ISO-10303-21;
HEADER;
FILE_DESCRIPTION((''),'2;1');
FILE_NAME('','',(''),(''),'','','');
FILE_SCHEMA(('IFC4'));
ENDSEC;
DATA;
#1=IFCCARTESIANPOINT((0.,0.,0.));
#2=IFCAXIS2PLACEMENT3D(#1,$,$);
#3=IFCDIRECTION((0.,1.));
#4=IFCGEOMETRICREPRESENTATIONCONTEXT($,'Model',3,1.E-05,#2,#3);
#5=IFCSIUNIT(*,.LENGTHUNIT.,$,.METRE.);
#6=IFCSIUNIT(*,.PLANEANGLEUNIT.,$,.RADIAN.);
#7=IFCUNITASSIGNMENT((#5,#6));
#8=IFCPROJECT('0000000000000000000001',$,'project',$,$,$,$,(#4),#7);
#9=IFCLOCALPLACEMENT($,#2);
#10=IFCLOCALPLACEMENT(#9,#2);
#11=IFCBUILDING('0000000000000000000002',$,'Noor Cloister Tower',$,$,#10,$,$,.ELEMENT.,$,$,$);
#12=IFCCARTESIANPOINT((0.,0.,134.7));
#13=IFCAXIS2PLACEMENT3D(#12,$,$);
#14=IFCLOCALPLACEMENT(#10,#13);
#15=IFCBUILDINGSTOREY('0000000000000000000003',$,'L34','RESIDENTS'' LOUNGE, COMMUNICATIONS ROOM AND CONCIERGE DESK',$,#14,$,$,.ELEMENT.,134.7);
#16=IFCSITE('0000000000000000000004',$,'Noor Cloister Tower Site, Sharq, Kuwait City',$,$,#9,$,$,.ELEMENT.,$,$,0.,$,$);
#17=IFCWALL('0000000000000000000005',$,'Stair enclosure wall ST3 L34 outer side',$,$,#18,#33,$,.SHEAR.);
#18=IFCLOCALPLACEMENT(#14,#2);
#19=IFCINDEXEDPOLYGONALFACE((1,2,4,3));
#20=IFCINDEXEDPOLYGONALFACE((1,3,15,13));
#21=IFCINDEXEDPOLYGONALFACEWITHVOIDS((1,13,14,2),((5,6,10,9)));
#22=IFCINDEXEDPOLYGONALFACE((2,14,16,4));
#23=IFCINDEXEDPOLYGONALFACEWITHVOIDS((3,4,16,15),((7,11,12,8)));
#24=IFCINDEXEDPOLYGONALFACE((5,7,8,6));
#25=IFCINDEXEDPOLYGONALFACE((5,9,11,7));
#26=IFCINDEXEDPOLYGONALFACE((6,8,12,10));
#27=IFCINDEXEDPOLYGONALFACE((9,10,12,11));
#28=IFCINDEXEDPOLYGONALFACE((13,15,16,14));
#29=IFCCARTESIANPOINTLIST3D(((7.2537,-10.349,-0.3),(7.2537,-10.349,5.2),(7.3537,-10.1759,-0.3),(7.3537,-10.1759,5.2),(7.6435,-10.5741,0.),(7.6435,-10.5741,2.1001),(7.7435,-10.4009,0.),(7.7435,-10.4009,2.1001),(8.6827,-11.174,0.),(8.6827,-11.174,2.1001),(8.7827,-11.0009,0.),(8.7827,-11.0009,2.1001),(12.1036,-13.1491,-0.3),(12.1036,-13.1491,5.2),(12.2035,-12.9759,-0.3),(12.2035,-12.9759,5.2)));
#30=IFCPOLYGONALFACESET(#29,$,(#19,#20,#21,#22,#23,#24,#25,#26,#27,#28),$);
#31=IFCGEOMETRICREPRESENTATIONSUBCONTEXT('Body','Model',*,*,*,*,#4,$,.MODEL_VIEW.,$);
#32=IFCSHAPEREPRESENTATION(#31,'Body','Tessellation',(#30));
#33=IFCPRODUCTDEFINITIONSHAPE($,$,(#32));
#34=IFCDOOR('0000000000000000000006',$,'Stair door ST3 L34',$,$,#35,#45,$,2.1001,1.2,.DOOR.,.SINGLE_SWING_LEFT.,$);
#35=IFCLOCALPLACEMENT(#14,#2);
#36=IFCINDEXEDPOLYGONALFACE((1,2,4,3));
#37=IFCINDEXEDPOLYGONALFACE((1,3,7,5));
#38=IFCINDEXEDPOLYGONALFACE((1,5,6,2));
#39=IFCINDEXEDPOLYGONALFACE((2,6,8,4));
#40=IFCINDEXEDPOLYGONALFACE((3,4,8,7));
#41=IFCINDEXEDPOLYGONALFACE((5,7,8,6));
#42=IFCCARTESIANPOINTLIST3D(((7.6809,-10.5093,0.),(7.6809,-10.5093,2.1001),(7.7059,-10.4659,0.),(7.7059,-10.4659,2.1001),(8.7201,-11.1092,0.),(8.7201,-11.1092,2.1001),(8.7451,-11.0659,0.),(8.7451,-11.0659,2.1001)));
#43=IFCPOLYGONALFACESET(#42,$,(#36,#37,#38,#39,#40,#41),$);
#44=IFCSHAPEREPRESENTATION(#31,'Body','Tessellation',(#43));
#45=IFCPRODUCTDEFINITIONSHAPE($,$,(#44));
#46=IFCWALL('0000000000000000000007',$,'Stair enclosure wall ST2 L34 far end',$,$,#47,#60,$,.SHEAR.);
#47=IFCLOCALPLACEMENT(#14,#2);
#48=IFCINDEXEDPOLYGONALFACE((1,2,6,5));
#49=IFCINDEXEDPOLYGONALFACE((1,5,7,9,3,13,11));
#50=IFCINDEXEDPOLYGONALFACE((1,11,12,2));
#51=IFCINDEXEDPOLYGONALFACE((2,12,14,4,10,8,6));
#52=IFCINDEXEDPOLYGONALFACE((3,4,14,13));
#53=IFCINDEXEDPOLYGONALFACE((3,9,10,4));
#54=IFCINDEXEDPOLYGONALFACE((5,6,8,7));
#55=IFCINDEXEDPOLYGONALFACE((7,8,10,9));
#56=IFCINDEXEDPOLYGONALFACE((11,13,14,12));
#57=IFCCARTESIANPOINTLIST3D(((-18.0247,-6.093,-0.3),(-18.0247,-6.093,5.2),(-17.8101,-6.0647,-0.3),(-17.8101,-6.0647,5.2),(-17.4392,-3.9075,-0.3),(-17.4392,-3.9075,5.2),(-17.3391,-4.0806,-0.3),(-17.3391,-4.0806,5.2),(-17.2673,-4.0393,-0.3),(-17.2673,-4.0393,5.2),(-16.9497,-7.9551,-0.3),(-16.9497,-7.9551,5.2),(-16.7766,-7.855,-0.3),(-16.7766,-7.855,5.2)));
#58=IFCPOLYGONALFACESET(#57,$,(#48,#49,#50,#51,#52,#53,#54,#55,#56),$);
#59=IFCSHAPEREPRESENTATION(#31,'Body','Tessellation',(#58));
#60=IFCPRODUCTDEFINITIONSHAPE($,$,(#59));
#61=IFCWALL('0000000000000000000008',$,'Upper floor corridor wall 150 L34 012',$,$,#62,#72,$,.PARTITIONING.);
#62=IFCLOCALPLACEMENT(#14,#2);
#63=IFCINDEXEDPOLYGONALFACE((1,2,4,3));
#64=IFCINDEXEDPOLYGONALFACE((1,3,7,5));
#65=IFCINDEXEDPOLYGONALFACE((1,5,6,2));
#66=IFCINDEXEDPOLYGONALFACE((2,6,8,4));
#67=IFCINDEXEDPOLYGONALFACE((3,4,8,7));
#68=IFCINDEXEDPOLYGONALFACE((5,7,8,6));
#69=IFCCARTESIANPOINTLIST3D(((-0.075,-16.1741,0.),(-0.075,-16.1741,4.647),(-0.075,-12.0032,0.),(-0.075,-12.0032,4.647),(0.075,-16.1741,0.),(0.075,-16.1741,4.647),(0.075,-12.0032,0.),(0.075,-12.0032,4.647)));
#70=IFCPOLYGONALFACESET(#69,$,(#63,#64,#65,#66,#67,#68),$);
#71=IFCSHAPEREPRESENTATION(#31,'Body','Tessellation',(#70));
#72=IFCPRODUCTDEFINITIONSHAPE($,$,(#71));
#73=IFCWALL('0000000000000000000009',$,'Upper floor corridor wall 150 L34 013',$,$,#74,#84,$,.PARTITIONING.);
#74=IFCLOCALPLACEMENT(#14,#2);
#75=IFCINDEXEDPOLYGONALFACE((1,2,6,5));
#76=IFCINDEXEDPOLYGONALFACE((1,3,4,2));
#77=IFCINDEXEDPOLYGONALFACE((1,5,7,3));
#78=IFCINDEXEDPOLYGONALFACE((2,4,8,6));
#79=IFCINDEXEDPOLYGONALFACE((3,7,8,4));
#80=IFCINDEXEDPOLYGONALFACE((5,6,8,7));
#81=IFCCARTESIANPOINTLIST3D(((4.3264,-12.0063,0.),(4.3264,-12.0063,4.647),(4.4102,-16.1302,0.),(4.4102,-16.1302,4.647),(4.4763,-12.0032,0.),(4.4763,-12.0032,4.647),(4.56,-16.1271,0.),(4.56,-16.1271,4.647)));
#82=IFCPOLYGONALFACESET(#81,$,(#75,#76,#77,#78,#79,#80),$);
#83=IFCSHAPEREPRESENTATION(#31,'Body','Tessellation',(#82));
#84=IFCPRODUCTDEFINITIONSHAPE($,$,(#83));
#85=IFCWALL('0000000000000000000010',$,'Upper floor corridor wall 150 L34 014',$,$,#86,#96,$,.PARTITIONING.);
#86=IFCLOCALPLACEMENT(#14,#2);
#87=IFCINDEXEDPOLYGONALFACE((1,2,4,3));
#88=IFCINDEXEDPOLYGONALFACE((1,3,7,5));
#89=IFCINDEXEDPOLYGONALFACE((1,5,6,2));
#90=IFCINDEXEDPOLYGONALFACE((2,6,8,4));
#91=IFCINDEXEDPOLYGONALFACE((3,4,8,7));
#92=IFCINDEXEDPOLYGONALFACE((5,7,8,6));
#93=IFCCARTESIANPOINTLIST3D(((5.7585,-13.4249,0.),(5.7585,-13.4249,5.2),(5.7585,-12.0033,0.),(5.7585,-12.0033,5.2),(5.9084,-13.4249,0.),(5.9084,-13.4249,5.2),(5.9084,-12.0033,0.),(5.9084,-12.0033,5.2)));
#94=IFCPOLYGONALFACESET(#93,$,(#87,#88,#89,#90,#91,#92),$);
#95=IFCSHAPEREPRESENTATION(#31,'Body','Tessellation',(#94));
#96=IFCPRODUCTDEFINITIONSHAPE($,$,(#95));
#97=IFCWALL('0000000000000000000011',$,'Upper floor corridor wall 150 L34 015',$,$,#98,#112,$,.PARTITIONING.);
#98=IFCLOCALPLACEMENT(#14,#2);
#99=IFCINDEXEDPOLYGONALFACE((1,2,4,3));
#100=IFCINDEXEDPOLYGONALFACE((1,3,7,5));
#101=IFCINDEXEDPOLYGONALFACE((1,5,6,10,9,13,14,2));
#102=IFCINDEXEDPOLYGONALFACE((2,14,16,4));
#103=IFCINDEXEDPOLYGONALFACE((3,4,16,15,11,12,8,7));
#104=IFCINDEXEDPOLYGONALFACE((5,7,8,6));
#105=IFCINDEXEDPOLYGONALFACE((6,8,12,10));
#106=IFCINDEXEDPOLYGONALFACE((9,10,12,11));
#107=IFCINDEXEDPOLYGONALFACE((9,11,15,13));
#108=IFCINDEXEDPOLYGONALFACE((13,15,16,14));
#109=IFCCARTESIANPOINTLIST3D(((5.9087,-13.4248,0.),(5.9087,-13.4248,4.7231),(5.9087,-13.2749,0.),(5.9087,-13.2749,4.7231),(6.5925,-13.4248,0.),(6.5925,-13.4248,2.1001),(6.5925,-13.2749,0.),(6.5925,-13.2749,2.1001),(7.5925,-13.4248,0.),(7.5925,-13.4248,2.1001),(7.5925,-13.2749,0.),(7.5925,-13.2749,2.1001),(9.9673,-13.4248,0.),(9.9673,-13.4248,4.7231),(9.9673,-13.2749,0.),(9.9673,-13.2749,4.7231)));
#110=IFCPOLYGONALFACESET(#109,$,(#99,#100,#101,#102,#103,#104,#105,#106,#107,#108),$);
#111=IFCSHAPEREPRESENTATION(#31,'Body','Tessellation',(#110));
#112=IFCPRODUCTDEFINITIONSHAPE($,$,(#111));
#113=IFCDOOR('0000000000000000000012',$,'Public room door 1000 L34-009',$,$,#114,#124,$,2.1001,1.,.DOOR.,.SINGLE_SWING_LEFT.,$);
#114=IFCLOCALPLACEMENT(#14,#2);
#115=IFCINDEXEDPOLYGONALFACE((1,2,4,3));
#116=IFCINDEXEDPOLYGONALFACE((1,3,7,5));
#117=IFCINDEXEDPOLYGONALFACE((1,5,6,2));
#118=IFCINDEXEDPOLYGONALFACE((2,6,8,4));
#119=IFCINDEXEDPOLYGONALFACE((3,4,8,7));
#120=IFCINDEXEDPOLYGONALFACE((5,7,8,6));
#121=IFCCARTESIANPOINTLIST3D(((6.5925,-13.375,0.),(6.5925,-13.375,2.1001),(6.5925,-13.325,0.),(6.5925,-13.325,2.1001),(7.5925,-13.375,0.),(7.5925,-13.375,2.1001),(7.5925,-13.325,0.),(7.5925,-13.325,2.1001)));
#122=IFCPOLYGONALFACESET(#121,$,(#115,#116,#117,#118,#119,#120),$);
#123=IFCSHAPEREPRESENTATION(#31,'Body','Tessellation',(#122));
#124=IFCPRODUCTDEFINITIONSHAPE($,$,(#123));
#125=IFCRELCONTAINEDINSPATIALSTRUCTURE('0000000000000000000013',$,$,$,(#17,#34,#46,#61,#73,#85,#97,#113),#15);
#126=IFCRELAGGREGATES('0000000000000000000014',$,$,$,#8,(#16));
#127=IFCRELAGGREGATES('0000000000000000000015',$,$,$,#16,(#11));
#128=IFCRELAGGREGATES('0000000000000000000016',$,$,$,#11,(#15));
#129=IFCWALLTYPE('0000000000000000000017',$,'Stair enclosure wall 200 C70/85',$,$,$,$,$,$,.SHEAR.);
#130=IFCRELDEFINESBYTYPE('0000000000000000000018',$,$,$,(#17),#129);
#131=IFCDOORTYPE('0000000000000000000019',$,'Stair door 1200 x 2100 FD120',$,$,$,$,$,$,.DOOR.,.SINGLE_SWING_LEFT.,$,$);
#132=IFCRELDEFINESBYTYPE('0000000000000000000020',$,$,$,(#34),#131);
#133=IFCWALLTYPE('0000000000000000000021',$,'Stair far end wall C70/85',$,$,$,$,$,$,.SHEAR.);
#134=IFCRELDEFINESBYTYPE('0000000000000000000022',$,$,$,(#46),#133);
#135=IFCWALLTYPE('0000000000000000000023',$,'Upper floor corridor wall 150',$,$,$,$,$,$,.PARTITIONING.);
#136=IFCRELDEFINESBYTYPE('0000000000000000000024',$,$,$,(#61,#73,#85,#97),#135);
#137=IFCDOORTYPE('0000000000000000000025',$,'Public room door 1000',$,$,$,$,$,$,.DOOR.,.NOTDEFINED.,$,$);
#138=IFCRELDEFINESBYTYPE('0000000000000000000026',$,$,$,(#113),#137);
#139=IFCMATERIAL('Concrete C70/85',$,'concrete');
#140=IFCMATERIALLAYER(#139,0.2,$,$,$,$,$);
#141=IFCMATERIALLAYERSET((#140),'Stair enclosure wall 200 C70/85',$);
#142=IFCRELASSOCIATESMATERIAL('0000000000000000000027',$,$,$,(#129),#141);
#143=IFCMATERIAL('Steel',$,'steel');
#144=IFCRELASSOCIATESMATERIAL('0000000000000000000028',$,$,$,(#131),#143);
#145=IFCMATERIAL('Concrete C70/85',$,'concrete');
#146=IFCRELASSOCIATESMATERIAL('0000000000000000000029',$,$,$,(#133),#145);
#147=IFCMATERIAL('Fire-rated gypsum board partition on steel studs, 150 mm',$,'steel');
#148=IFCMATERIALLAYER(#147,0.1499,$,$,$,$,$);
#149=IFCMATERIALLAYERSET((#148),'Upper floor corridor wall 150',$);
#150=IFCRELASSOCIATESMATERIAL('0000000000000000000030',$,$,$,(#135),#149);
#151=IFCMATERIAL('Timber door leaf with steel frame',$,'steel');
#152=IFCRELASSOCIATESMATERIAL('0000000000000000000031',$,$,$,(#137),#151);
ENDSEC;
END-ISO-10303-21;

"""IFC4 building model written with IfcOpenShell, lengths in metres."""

from ifc_helpers import new_model, si_unit, direction, frame, frame_2d, origin, place, context, subcontext, project, spatial, polyline, rectangle, outline, extrude, material, layer, layer_set, type_object, element, fill, save


model = new_model("IFC4")

# Units and contexts
model_context = context("Model", 3, precision=1e-05, world=origin(), true_north=direction((0.0, 1.0)))
body_context = subcontext(model_context, "Body", "Model", "MODEL_VIEW")
ifc_project = project(units=[si_unit("LENGTHUNIT", "METRE"), si_unit("PLANEANGLEUNIT", "RADIAN")], contexts=[model_context])

# Site, building, storey
site_placement = place(None, origin())
site = spatial("IfcSite", under=ifc_project, at=site_placement, Name="Noor Cloister Tower Site, Sharq, Kuwait City", CompositionType="ELEMENT", RefElevation=0.0)
building_placement = place(site_placement, origin())
building = spatial("IfcBuilding", under=site, at=building_placement, Name="Noor Cloister Tower", CompositionType="ELEMENT")
storey_placement = place(building_placement, frame((0.0, 0.0, 134.7)))
storey = spatial("IfcBuildingStorey", under=building, at=storey_placement, Name="L34", Description="RESIDENTS' LOUNGE, COMMUNICATIONS ROOM AND CONCIERGE DESK", CompositionType="ELEMENT", Elevation=134.7)

# Wall, opening, door
ifc_material_1 = material(Name="Concrete C70/85", Category="concrete")
ifc_layer_1 = layer(ifc_material_1, 0.2)
ifc_layer_set_1 = layer_set([ifc_layer_1], Name="Stair enclosure wall 200 C70/85")
wall_type_1 = type_object("IfcWallType", Name="Stair enclosure wall 200 C70/85", PredefinedType="SHEAR", material=ifc_layer_set_1)
ifc_material_2 = material(Name="Steel", Category="steel")
door_type_1 = type_object("IfcDoorType", Name="Stair door 1200 x 2100 FD120", OperationType="SINGLE_SWING_LEFT", PredefinedType="DOOR", material=ifc_material_2)
wall_1_placement = place(storey_placement, frame((7.3037, -10.2625, -0.3), z_axis=(0.0, 0.0, 1.0), x_axis=(0.866027, -0.499998, 0.0)))
wall_1 = element("IfcWall", 1, at=wall_1_placement, inside=storey, type_object=wall_type_1, Name="Stair enclosure wall ST3 L34 outer side", PredefinedType="SHEAR", context=body_context, shape_type="SweptSolid", body=[
    extrude(rectangle(XDim=5.6001, YDim=0.2, at=frame_2d((2.8, 0.0))), origin(), (0.0, 0.0, 1.0), 5.5),
])
opening_1_placement = place(wall_1_placement, frame((0.45, 0.0, 0.3)))
opening_1 = element("IfcOpeningElement", 2, at=opening_1_placement, cuts=wall_1, PredefinedType="OPENING", context=body_context, shape_type="SweptSolid", body=[
    extrude(rectangle(XDim=1.2, YDim=2.1001, at=frame_2d((0.6001, 1.05))), frame((0.0, 0.1099, 0.0), z_axis=(0.0, -1.0, 0.0), x_axis=(1.0, 0.0, 0.0)), (0.0, 0.0, 1.0), 0.22),
])
door_1_placement = place(opening_1_placement, origin())
door_1 = element("IfcDoor", 3, at=door_1_placement, inside=storey, type_object=door_type_1, Name="Stair door ST3 L34", OperationType="SINGLE_SWING_LEFT", OverallHeight=2.1001, OverallWidth=1.2, PredefinedType="DOOR", context=body_context, shape_type="SweptSolid", body=[
    extrude(rectangle(XDim=1.2, YDim=2.1001, at=frame_2d((0.6001, 1.05))), frame((0.0, 0.0249, 0.0), z_axis=(0.0, -1.0, 0.0), x_axis=(1.0, 0.0, 0.0)), (0.0, 0.0, 1.0), 0.05),
])
fill(opening_1, door_1)

# Walls
ifc_material_3 = material(Name="Concrete C70/85", Category="concrete")
wall_type_2 = type_object("IfcWallType", Name="Stair far end wall C70/85", PredefinedType="SHEAR", material=ifc_material_3)
wall_2_placement = place(storey_placement, frame((0.0, 0.0, -0.3)))
element("IfcWall", 4, at=wall_2_placement, inside=storey, type_object=wall_type_2, Name="Stair enclosure wall ST2 L34 far end", PredefinedType="SHEAR", context=body_context, shape_type="SweptSolid", body=[
    extrude(outline(polyline([(-17.4392, -3.9075), (-18.0247, -6.093), (-16.9497, -7.9551), (-16.7766, -7.855), (-17.8101, -6.0647), (-17.2673, -4.0393), (-17.3391, -4.0806), (-17.3391, -4.0806), (-17.3391, -4.0806), (-17.3391, -4.0806), (-17.3391, -4.0806), (-17.3391, -4.0806), (-17.3391, -4.0806), (-17.3391, -4.0806), (-17.3391, -4.0806), (-17.3391, -4.0806), (-17.3391, -4.0806), (-17.3391, -4.0806), (-17.3391, -4.0806), (-17.3391, -4.0806), (-17.3391, -4.0806), (-17.3391, -4.0806), (-17.3391, -4.0806), (-17.4392, -3.9075)])), origin(), (0.0, 0.0, 1.0), 5.5),
])
ifc_material_4 = material(Name="Fire-rated gypsum board partition on steel studs, 150 mm", Category="steel")
ifc_layer_2 = layer(ifc_material_4, 0.1499)
ifc_layer_set_2 = layer_set([ifc_layer_2], Name="Upper floor corridor wall 150")
wall_type_3 = type_object("IfcWallType", Name="Upper floor corridor wall 150", PredefinedType="PARTITIONING", material=ifc_layer_set_2)
wall_3_placement = place(storey_placement, frame((0.0, -16.1741, 0.0), z_axis=(0.0, 0.0, 1.0), x_axis=(0.0, 1.0, 0.0)))
element("IfcWall", 5, at=wall_3_placement, inside=storey, type_object=wall_type_3, Name="Upper floor corridor wall 150 L34 012", PredefinedType="PARTITIONING", context=body_context, shape_type="SweptSolid", body=[
    extrude(rectangle(XDim=4.1709, YDim=0.1499, at=frame_2d((2.0854, 0.0))), origin(), (0.0, 0.0, 1.0), 4.647),
])
wall_4_placement = place(storey_placement, frame((4.4014, -12.0046, 0.0), z_axis=(0.0, 0.0, 1.0), x_axis=(0.020301, -0.999794, 0.0)))
element("IfcWall", 6, at=wall_4_placement, inside=storey, type_object=wall_type_3, Name="Upper floor corridor wall 150 L34 013", PredefinedType="PARTITIONING", context=body_context, shape_type="SweptSolid", body=[
    extrude(rectangle(XDim=4.1248, YDim=0.1499, at=frame_2d((2.0625, 0.0))), origin(), (0.0, 0.0, 1.0), 4.647),
])
wall_5_placement = place(storey_placement, frame((5.8335, -12.0032, 0.0), z_axis=(0.0, 0.0, 1.0), x_axis=(0.0, -1.0, 0.0)))
element("IfcWall", 7, at=wall_5_placement, inside=storey, type_object=wall_type_3, Name="Upper floor corridor wall 150 L34 014", PredefinedType="PARTITIONING", context=body_context, shape_type="SweptSolid", body=[
    extrude(rectangle(XDim=1.4216, YDim=0.1499, at=frame_2d((0.7109, 0.0))), origin(), (0.0, 0.0, 1.0), 5.2),
])

# Wall, opening, door
wall_6_placement = place(storey_placement, frame((5.9087, -13.3499, 0.0), z_axis=(0.0, 0.0, 1.0), x_axis=(1.0, 0.0, 0.0)))
wall_6 = element("IfcWall", 8, at=wall_6_placement, inside=storey, type_object=wall_type_3, Name="Upper floor corridor wall 150 L34 015", PredefinedType="PARTITIONING", context=body_context, shape_type="SweptSolid", body=[
    extrude(rectangle(XDim=4.0586, YDim=0.1499, at=frame_2d((2.0293, 0.0))), origin(), (0.0, 0.0, 1.0), 4.7231),
])
opening_2_placement = place(wall_6_placement, frame((0.6838, 0.0, 0.0)))
opening_2 = element("IfcOpeningElement", 9, at=opening_2_placement, cuts=wall_6, PredefinedType="OPENING", context=body_context, shape_type="SweptSolid", body=[
    extrude(rectangle(XDim=1.0, YDim=2.1001, at=frame_2d((0.5, 1.05))), frame((0.0, 0.085, 0.0), z_axis=(0.0, -1.0, 0.0), x_axis=(1.0, 0.0, 0.0)), (0.0, 0.0, 1.0), 0.1699),
])
ifc_material_5 = material(Name="Timber door leaf with steel frame", Category="steel")
door_type_2 = type_object("IfcDoorType", Name="Public room door 1000", OperationType="NOTDEFINED", PredefinedType="DOOR", material=ifc_material_5)
door_2_placement = place(opening_2_placement, origin())
door_2 = element("IfcDoor", 10, at=door_2_placement, inside=storey, type_object=door_type_2, Name="Public room door 1000 L34-009", OperationType="SINGLE_SWING_LEFT", OverallHeight=2.1001, OverallWidth=1.0, PredefinedType="DOOR", context=body_context, shape_type="SweptSolid", body=[
    extrude(rectangle(XDim=1.0, YDim=2.1001, at=frame_2d((0.5, 1.05))), frame((0.0, 0.0249, 0.0), z_axis=(0.0, -1.0, 0.0), x_axis=(1.0, 0.0, 0.0)), (0.0, 0.0, 1.0), 0.05),
])
fill(opening_2, door_2)

save(model, "model.ifc")
